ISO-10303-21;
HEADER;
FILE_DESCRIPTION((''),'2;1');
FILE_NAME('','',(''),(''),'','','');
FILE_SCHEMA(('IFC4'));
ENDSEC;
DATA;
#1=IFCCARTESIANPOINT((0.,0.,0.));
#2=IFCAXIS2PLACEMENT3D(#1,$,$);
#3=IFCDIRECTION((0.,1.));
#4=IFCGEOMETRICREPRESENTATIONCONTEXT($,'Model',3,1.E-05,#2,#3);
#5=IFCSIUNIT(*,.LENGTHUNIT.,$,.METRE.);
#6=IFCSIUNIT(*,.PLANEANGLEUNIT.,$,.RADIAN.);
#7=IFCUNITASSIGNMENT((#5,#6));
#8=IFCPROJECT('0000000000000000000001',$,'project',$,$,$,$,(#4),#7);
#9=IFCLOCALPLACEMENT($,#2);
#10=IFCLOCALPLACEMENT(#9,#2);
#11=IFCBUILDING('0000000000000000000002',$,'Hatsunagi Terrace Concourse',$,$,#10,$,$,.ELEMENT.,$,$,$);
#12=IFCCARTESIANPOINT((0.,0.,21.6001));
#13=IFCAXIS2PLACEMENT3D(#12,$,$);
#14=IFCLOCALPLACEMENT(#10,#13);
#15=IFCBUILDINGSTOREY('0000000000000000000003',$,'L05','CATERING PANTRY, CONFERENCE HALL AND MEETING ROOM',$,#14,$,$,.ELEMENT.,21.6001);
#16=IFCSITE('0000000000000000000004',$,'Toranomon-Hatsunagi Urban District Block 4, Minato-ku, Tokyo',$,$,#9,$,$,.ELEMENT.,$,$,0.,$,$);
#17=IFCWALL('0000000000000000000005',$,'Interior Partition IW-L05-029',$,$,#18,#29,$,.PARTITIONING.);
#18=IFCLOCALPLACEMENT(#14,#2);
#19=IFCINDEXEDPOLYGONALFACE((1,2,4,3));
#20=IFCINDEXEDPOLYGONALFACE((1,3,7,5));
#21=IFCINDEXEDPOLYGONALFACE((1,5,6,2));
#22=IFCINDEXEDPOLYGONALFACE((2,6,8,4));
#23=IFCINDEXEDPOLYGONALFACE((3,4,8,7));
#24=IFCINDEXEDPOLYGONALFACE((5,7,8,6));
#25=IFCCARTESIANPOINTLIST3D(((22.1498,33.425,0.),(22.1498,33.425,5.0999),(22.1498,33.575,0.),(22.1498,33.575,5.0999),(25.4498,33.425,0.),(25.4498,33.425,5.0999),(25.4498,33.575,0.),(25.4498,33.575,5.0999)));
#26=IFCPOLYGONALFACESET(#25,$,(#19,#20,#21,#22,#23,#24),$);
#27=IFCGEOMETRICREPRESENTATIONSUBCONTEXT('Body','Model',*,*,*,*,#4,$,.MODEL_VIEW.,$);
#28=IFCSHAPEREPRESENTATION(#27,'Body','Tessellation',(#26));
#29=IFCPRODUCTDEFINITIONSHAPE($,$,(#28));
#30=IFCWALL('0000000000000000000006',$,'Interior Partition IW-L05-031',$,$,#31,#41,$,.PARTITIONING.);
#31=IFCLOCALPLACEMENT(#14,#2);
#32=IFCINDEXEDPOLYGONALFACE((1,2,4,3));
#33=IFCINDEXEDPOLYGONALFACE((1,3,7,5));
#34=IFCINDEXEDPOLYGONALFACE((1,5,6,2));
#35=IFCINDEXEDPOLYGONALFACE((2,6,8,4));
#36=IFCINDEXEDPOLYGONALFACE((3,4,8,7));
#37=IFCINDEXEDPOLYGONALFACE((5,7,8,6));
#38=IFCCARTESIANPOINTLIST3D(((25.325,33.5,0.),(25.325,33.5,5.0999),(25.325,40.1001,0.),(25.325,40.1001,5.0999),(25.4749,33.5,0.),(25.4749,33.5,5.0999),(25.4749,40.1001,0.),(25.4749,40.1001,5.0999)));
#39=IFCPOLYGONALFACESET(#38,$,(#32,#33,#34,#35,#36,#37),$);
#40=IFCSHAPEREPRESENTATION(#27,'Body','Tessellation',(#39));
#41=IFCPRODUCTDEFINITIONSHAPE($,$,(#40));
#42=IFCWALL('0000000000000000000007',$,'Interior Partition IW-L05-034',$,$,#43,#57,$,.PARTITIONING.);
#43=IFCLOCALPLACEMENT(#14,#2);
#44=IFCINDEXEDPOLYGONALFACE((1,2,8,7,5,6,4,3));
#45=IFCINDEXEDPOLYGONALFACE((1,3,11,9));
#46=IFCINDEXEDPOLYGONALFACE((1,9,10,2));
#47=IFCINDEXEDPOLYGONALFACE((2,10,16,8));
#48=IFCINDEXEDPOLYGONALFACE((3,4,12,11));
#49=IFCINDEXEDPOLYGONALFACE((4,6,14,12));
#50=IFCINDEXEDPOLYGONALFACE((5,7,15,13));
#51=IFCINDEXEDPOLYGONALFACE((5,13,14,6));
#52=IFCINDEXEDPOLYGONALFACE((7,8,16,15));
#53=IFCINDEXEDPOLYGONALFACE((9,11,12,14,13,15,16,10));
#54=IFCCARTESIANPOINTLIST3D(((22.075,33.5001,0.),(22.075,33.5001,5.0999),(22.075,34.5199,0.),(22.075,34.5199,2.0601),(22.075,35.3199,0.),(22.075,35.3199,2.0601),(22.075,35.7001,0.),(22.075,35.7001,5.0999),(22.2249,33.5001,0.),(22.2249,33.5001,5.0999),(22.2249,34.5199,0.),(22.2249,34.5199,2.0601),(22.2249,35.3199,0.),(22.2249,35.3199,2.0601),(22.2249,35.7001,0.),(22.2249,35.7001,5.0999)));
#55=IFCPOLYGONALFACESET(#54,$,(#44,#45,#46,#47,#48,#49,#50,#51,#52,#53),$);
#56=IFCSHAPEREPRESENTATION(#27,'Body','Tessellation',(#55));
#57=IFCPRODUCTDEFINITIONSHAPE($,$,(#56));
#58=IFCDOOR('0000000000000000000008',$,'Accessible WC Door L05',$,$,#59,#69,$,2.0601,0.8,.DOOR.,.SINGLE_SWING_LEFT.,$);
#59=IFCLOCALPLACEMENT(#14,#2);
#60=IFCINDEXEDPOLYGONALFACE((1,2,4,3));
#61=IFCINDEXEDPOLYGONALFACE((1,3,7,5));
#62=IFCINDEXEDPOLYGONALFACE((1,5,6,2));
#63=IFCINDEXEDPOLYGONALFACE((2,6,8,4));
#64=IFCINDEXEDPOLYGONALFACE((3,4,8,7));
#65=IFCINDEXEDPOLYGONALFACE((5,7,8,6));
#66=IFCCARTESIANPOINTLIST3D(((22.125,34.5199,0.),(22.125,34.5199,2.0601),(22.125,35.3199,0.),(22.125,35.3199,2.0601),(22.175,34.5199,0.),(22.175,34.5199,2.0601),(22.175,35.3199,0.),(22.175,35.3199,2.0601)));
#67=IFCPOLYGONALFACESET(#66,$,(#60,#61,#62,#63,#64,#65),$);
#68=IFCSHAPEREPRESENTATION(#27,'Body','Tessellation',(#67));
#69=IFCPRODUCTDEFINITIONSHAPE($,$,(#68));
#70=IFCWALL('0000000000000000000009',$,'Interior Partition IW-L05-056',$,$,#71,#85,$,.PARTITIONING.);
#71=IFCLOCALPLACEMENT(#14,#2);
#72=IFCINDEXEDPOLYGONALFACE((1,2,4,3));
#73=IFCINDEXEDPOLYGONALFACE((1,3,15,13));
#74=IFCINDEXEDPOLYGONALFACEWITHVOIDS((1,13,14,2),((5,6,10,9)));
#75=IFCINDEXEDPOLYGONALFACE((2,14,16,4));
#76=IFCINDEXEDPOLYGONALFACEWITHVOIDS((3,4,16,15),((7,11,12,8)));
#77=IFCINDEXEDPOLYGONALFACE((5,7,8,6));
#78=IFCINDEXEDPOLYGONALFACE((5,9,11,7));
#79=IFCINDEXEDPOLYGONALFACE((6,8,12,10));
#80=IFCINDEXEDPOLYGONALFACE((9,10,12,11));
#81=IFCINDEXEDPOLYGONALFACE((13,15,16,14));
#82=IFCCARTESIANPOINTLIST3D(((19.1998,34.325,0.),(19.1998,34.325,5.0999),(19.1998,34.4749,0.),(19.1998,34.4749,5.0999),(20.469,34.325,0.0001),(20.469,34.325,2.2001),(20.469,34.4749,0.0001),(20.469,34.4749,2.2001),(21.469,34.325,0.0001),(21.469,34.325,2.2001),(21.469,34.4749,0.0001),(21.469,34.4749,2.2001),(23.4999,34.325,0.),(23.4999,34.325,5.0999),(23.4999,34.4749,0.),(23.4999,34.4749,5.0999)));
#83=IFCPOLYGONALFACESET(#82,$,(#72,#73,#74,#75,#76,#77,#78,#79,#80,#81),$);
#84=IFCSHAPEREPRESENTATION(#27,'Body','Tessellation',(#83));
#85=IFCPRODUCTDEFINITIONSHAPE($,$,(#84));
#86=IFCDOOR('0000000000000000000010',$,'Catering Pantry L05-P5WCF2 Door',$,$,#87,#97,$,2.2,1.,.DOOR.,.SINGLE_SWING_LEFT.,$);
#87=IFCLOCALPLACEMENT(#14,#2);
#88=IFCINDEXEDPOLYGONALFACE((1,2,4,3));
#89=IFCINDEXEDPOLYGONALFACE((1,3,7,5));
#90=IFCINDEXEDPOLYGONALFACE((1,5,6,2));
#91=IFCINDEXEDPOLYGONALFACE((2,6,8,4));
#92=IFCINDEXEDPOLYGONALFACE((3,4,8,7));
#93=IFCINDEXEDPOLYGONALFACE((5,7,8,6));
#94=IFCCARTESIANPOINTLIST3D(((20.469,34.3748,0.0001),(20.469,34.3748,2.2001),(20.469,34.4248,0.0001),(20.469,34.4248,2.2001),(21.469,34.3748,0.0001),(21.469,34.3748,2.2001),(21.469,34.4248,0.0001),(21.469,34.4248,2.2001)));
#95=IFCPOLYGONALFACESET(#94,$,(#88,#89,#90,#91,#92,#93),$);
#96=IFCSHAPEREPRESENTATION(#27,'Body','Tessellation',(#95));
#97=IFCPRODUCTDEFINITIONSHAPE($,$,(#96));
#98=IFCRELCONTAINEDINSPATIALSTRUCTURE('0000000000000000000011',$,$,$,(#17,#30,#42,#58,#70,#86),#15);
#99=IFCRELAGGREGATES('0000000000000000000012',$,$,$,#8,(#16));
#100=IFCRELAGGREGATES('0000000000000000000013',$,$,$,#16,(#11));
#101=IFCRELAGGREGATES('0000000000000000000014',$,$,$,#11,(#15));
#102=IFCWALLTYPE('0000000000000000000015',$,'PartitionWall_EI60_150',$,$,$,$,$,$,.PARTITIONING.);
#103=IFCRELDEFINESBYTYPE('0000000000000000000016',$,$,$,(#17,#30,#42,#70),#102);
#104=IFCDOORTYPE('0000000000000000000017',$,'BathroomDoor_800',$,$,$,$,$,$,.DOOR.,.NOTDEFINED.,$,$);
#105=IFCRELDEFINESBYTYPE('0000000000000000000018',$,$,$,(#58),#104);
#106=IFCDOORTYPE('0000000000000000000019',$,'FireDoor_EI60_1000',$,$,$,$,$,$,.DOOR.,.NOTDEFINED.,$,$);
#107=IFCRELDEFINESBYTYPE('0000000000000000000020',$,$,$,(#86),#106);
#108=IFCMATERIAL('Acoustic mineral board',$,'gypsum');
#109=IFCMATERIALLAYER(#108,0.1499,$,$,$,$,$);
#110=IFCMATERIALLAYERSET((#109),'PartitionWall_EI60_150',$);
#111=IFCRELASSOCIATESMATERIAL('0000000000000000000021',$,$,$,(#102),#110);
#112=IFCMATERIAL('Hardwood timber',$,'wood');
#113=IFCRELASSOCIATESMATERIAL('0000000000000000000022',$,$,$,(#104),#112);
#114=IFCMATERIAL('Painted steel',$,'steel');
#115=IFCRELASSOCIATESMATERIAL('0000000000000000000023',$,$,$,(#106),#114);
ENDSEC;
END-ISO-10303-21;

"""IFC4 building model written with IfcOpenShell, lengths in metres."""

from ifc_helpers import new_model, si_unit, direction, frame, frame_2d, origin, place, context, subcontext, project, spatial, rectangle, extrude, material, layer, layer_set, type_object, element, fill, save


model = new_model("IFC4")

# Units and contexts
model_context = context("Model", 3, precision=1e-05, world=origin(), true_north=direction((0.0, 1.0)))
body_context = subcontext(model_context, "Body", "Model", "MODEL_VIEW")
ifc_project = project(units=[si_unit("LENGTHUNIT", "METRE"), si_unit("PLANEANGLEUNIT", "RADIAN")], contexts=[model_context])

# Site, building, storey
site_placement = place(None, origin())
site = spatial("IfcSite", under=ifc_project, at=site_placement, Name="Toranomon-Hatsunagi Urban District Block 4, Minato-ku, Tokyo", CompositionType="ELEMENT", RefElevation=0.0)
building_placement = place(site_placement, origin())
building = spatial("IfcBuilding", under=site, at=building_placement, Name="Hatsunagi Terrace Concourse", CompositionType="ELEMENT")
storey_placement = place(building_placement, frame((0.0, 0.0, 21.6001)))
storey = spatial("IfcBuildingStorey", under=building, at=storey_placement, Name="L05", Description="CATERING PANTRY, CONFERENCE HALL AND MEETING ROOM", CompositionType="ELEMENT", Elevation=21.6001)

# Walls
ifc_material_1 = material(Name="Acoustic mineral board", Category="gypsum")
ifc_layer_1 = layer(ifc_material_1, 0.1499)
ifc_layer_set_1 = layer_set([ifc_layer_1], Name="PartitionWall_EI60_150")
wall_type_1 = type_object("IfcWallType", Name="PartitionWall_EI60_150", PredefinedType="PARTITIONING", material=ifc_layer_set_1)
wall_1_placement = place(storey_placement, frame((22.1499, 33.5, 0.0), z_axis=(0.0, 0.0, 1.0), x_axis=(1.0, 0.0, 0.0)))
element("IfcWall", 1, at=wall_1_placement, inside=storey, type_object=wall_type_1, Name="Interior Partition IW-L05-029", PredefinedType="PARTITIONING", context=body_context, shape_type="SweptSolid", body=[
    extrude(rectangle(XDim=3.3, YDim=0.1499, at=frame_2d((1.6499, 0.0))), origin(), (0.0, 0.0, 1.0), 5.0999),
])
wall_2_placement = place(storey_placement, frame((25.3999, 33.5, 0.0), z_axis=(0.0, 0.0, 1.0), x_axis=(0.0, 1.0, 0.0)))
element("IfcWall", 2, at=wall_2_placement, inside=storey, type_object=wall_type_1, Name="Interior Partition IW-L05-031", PredefinedType="PARTITIONING", context=body_context, shape_type="SweptSolid", body=[
    extrude(rectangle(XDim=6.6001, YDim=0.1499, at=frame_2d((3.3, 0.0))), origin(), (0.0, 0.0, 1.0), 5.0999),
])

# Walls, openings, doors
wall_3_placement = place(storey_placement, frame((22.1499, 33.5, 0.0), z_axis=(0.0, 0.0, 1.0), x_axis=(0.0, 1.0, 0.0)))
wall_3 = element("IfcWall", 3, at=wall_3_placement, inside=storey, type_object=wall_type_1, Name="Interior Partition IW-L05-034", PredefinedType="PARTITIONING", context=body_context, shape_type="SweptSolid", body=[
    extrude(rectangle(XDim=2.2, YDim=0.1499, at=frame_2d((1.1001, 0.0))), origin(), (0.0, 0.0, 1.0), 5.0999),
])
opening_1_placement = place(wall_3_placement, frame((1.02, 0.0, 0.0)))
opening_1 = element("IfcOpeningElement", 4, at=opening_1_placement, cuts=wall_3, PredefinedType="OPENING", context=body_context, shape_type="SweptSolid", body=[
    extrude(rectangle(XDim=0.8, YDim=2.0601, at=frame_2d((0.3999, 1.03))), frame((0.0, 0.085, 0.0), z_axis=(0.0, -1.0, 0.0), x_axis=(1.0, 0.0, 0.0)), (0.0, 0.0, 1.0), 0.1699),
])
ifc_material_2 = material(Name="Hardwood timber", Category="wood")
door_type_1 = type_object("IfcDoorType", Name="BathroomDoor_800", OperationType="NOTDEFINED", PredefinedType="DOOR", material=ifc_material_2)
door_1_placement = place(opening_1_placement, origin())
door_1 = element("IfcDoor", 5, at=door_1_placement, inside=storey, type_object=door_type_1, Name="Accessible WC Door L05", OperationType="SINGLE_SWING_LEFT", OverallHeight=2.0601, OverallWidth=0.8, PredefinedType="DOOR", context=body_context, shape_type="SweptSolid", body=[
    extrude(rectangle(XDim=0.8, YDim=2.0601, at=frame_2d((0.3999, 1.03))), frame((0.0, 0.0249, 0.0), z_axis=(0.0, -1.0, 0.0), x_axis=(1.0, 0.0, 0.0)), (0.0, 0.0, 1.0), 0.05),
])
fill(opening_1, door_1)
wall_4_placement = place(storey_placement, frame((19.2, 34.3999, 0.0), z_axis=(0.0, 0.0, 1.0), x_axis=(1.0, 0.0, 0.0)))
wall_4 = element("IfcWall", 6, at=wall_4_placement, inside=storey, type_object=wall_type_1, Name="Interior Partition IW-L05-056", PredefinedType="PARTITIONING", context=body_context, shape_type="SweptSolid", body=[
    extrude(rectangle(XDim=4.3, YDim=0.1499, at=frame_2d((2.1499, 0.0))), origin(), (0.0, 0.0, 1.0), 5.0999),
])
opening_2_placement = place(wall_4_placement, frame((1.269, 0.0, 0.0)))
opening_2 = element("IfcOpeningElement", 7, at=opening_2_placement, cuts=wall_4, PredefinedType="OPENING", context=body_context, shape_type="SweptSolid", body=[
    extrude(rectangle(XDim=1.0, YDim=2.2, at=frame_2d((0.5, 1.1001))), frame((0.0, 0.085, 0.0), z_axis=(0.0, -1.0, 0.0), x_axis=(1.0, 0.0, 0.0)), (0.0, 0.0, 1.0), 0.1699),
])
ifc_material_3 = material(Name="Painted steel", Category="steel")
door_type_2 = type_object("IfcDoorType", Name="FireDoor_EI60_1000", OperationType="NOTDEFINED", PredefinedType="DOOR", material=ifc_material_3)
door_2_placement = place(opening_2_placement, origin())
door_2 = element("IfcDoor", 8, at=door_2_placement, inside=storey, type_object=door_type_2, Name="Catering Pantry L05-P5WCF2 Door", OperationType="SINGLE_SWING_LEFT", OverallHeight=2.2, OverallWidth=1.0, PredefinedType="DOOR", context=body_context, shape_type="SweptSolid", body=[
    extrude(rectangle(XDim=1.0, YDim=2.2, at=frame_2d((0.5, 1.1001))), frame((0.0, 0.0249, 0.0), z_axis=(0.0, -1.0, 0.0), x_axis=(1.0, 0.0, 0.0)), (0.0, 0.0, 1.0), 0.05),
])
fill(opening_2, door_2)

save(model, "model.ifc")
